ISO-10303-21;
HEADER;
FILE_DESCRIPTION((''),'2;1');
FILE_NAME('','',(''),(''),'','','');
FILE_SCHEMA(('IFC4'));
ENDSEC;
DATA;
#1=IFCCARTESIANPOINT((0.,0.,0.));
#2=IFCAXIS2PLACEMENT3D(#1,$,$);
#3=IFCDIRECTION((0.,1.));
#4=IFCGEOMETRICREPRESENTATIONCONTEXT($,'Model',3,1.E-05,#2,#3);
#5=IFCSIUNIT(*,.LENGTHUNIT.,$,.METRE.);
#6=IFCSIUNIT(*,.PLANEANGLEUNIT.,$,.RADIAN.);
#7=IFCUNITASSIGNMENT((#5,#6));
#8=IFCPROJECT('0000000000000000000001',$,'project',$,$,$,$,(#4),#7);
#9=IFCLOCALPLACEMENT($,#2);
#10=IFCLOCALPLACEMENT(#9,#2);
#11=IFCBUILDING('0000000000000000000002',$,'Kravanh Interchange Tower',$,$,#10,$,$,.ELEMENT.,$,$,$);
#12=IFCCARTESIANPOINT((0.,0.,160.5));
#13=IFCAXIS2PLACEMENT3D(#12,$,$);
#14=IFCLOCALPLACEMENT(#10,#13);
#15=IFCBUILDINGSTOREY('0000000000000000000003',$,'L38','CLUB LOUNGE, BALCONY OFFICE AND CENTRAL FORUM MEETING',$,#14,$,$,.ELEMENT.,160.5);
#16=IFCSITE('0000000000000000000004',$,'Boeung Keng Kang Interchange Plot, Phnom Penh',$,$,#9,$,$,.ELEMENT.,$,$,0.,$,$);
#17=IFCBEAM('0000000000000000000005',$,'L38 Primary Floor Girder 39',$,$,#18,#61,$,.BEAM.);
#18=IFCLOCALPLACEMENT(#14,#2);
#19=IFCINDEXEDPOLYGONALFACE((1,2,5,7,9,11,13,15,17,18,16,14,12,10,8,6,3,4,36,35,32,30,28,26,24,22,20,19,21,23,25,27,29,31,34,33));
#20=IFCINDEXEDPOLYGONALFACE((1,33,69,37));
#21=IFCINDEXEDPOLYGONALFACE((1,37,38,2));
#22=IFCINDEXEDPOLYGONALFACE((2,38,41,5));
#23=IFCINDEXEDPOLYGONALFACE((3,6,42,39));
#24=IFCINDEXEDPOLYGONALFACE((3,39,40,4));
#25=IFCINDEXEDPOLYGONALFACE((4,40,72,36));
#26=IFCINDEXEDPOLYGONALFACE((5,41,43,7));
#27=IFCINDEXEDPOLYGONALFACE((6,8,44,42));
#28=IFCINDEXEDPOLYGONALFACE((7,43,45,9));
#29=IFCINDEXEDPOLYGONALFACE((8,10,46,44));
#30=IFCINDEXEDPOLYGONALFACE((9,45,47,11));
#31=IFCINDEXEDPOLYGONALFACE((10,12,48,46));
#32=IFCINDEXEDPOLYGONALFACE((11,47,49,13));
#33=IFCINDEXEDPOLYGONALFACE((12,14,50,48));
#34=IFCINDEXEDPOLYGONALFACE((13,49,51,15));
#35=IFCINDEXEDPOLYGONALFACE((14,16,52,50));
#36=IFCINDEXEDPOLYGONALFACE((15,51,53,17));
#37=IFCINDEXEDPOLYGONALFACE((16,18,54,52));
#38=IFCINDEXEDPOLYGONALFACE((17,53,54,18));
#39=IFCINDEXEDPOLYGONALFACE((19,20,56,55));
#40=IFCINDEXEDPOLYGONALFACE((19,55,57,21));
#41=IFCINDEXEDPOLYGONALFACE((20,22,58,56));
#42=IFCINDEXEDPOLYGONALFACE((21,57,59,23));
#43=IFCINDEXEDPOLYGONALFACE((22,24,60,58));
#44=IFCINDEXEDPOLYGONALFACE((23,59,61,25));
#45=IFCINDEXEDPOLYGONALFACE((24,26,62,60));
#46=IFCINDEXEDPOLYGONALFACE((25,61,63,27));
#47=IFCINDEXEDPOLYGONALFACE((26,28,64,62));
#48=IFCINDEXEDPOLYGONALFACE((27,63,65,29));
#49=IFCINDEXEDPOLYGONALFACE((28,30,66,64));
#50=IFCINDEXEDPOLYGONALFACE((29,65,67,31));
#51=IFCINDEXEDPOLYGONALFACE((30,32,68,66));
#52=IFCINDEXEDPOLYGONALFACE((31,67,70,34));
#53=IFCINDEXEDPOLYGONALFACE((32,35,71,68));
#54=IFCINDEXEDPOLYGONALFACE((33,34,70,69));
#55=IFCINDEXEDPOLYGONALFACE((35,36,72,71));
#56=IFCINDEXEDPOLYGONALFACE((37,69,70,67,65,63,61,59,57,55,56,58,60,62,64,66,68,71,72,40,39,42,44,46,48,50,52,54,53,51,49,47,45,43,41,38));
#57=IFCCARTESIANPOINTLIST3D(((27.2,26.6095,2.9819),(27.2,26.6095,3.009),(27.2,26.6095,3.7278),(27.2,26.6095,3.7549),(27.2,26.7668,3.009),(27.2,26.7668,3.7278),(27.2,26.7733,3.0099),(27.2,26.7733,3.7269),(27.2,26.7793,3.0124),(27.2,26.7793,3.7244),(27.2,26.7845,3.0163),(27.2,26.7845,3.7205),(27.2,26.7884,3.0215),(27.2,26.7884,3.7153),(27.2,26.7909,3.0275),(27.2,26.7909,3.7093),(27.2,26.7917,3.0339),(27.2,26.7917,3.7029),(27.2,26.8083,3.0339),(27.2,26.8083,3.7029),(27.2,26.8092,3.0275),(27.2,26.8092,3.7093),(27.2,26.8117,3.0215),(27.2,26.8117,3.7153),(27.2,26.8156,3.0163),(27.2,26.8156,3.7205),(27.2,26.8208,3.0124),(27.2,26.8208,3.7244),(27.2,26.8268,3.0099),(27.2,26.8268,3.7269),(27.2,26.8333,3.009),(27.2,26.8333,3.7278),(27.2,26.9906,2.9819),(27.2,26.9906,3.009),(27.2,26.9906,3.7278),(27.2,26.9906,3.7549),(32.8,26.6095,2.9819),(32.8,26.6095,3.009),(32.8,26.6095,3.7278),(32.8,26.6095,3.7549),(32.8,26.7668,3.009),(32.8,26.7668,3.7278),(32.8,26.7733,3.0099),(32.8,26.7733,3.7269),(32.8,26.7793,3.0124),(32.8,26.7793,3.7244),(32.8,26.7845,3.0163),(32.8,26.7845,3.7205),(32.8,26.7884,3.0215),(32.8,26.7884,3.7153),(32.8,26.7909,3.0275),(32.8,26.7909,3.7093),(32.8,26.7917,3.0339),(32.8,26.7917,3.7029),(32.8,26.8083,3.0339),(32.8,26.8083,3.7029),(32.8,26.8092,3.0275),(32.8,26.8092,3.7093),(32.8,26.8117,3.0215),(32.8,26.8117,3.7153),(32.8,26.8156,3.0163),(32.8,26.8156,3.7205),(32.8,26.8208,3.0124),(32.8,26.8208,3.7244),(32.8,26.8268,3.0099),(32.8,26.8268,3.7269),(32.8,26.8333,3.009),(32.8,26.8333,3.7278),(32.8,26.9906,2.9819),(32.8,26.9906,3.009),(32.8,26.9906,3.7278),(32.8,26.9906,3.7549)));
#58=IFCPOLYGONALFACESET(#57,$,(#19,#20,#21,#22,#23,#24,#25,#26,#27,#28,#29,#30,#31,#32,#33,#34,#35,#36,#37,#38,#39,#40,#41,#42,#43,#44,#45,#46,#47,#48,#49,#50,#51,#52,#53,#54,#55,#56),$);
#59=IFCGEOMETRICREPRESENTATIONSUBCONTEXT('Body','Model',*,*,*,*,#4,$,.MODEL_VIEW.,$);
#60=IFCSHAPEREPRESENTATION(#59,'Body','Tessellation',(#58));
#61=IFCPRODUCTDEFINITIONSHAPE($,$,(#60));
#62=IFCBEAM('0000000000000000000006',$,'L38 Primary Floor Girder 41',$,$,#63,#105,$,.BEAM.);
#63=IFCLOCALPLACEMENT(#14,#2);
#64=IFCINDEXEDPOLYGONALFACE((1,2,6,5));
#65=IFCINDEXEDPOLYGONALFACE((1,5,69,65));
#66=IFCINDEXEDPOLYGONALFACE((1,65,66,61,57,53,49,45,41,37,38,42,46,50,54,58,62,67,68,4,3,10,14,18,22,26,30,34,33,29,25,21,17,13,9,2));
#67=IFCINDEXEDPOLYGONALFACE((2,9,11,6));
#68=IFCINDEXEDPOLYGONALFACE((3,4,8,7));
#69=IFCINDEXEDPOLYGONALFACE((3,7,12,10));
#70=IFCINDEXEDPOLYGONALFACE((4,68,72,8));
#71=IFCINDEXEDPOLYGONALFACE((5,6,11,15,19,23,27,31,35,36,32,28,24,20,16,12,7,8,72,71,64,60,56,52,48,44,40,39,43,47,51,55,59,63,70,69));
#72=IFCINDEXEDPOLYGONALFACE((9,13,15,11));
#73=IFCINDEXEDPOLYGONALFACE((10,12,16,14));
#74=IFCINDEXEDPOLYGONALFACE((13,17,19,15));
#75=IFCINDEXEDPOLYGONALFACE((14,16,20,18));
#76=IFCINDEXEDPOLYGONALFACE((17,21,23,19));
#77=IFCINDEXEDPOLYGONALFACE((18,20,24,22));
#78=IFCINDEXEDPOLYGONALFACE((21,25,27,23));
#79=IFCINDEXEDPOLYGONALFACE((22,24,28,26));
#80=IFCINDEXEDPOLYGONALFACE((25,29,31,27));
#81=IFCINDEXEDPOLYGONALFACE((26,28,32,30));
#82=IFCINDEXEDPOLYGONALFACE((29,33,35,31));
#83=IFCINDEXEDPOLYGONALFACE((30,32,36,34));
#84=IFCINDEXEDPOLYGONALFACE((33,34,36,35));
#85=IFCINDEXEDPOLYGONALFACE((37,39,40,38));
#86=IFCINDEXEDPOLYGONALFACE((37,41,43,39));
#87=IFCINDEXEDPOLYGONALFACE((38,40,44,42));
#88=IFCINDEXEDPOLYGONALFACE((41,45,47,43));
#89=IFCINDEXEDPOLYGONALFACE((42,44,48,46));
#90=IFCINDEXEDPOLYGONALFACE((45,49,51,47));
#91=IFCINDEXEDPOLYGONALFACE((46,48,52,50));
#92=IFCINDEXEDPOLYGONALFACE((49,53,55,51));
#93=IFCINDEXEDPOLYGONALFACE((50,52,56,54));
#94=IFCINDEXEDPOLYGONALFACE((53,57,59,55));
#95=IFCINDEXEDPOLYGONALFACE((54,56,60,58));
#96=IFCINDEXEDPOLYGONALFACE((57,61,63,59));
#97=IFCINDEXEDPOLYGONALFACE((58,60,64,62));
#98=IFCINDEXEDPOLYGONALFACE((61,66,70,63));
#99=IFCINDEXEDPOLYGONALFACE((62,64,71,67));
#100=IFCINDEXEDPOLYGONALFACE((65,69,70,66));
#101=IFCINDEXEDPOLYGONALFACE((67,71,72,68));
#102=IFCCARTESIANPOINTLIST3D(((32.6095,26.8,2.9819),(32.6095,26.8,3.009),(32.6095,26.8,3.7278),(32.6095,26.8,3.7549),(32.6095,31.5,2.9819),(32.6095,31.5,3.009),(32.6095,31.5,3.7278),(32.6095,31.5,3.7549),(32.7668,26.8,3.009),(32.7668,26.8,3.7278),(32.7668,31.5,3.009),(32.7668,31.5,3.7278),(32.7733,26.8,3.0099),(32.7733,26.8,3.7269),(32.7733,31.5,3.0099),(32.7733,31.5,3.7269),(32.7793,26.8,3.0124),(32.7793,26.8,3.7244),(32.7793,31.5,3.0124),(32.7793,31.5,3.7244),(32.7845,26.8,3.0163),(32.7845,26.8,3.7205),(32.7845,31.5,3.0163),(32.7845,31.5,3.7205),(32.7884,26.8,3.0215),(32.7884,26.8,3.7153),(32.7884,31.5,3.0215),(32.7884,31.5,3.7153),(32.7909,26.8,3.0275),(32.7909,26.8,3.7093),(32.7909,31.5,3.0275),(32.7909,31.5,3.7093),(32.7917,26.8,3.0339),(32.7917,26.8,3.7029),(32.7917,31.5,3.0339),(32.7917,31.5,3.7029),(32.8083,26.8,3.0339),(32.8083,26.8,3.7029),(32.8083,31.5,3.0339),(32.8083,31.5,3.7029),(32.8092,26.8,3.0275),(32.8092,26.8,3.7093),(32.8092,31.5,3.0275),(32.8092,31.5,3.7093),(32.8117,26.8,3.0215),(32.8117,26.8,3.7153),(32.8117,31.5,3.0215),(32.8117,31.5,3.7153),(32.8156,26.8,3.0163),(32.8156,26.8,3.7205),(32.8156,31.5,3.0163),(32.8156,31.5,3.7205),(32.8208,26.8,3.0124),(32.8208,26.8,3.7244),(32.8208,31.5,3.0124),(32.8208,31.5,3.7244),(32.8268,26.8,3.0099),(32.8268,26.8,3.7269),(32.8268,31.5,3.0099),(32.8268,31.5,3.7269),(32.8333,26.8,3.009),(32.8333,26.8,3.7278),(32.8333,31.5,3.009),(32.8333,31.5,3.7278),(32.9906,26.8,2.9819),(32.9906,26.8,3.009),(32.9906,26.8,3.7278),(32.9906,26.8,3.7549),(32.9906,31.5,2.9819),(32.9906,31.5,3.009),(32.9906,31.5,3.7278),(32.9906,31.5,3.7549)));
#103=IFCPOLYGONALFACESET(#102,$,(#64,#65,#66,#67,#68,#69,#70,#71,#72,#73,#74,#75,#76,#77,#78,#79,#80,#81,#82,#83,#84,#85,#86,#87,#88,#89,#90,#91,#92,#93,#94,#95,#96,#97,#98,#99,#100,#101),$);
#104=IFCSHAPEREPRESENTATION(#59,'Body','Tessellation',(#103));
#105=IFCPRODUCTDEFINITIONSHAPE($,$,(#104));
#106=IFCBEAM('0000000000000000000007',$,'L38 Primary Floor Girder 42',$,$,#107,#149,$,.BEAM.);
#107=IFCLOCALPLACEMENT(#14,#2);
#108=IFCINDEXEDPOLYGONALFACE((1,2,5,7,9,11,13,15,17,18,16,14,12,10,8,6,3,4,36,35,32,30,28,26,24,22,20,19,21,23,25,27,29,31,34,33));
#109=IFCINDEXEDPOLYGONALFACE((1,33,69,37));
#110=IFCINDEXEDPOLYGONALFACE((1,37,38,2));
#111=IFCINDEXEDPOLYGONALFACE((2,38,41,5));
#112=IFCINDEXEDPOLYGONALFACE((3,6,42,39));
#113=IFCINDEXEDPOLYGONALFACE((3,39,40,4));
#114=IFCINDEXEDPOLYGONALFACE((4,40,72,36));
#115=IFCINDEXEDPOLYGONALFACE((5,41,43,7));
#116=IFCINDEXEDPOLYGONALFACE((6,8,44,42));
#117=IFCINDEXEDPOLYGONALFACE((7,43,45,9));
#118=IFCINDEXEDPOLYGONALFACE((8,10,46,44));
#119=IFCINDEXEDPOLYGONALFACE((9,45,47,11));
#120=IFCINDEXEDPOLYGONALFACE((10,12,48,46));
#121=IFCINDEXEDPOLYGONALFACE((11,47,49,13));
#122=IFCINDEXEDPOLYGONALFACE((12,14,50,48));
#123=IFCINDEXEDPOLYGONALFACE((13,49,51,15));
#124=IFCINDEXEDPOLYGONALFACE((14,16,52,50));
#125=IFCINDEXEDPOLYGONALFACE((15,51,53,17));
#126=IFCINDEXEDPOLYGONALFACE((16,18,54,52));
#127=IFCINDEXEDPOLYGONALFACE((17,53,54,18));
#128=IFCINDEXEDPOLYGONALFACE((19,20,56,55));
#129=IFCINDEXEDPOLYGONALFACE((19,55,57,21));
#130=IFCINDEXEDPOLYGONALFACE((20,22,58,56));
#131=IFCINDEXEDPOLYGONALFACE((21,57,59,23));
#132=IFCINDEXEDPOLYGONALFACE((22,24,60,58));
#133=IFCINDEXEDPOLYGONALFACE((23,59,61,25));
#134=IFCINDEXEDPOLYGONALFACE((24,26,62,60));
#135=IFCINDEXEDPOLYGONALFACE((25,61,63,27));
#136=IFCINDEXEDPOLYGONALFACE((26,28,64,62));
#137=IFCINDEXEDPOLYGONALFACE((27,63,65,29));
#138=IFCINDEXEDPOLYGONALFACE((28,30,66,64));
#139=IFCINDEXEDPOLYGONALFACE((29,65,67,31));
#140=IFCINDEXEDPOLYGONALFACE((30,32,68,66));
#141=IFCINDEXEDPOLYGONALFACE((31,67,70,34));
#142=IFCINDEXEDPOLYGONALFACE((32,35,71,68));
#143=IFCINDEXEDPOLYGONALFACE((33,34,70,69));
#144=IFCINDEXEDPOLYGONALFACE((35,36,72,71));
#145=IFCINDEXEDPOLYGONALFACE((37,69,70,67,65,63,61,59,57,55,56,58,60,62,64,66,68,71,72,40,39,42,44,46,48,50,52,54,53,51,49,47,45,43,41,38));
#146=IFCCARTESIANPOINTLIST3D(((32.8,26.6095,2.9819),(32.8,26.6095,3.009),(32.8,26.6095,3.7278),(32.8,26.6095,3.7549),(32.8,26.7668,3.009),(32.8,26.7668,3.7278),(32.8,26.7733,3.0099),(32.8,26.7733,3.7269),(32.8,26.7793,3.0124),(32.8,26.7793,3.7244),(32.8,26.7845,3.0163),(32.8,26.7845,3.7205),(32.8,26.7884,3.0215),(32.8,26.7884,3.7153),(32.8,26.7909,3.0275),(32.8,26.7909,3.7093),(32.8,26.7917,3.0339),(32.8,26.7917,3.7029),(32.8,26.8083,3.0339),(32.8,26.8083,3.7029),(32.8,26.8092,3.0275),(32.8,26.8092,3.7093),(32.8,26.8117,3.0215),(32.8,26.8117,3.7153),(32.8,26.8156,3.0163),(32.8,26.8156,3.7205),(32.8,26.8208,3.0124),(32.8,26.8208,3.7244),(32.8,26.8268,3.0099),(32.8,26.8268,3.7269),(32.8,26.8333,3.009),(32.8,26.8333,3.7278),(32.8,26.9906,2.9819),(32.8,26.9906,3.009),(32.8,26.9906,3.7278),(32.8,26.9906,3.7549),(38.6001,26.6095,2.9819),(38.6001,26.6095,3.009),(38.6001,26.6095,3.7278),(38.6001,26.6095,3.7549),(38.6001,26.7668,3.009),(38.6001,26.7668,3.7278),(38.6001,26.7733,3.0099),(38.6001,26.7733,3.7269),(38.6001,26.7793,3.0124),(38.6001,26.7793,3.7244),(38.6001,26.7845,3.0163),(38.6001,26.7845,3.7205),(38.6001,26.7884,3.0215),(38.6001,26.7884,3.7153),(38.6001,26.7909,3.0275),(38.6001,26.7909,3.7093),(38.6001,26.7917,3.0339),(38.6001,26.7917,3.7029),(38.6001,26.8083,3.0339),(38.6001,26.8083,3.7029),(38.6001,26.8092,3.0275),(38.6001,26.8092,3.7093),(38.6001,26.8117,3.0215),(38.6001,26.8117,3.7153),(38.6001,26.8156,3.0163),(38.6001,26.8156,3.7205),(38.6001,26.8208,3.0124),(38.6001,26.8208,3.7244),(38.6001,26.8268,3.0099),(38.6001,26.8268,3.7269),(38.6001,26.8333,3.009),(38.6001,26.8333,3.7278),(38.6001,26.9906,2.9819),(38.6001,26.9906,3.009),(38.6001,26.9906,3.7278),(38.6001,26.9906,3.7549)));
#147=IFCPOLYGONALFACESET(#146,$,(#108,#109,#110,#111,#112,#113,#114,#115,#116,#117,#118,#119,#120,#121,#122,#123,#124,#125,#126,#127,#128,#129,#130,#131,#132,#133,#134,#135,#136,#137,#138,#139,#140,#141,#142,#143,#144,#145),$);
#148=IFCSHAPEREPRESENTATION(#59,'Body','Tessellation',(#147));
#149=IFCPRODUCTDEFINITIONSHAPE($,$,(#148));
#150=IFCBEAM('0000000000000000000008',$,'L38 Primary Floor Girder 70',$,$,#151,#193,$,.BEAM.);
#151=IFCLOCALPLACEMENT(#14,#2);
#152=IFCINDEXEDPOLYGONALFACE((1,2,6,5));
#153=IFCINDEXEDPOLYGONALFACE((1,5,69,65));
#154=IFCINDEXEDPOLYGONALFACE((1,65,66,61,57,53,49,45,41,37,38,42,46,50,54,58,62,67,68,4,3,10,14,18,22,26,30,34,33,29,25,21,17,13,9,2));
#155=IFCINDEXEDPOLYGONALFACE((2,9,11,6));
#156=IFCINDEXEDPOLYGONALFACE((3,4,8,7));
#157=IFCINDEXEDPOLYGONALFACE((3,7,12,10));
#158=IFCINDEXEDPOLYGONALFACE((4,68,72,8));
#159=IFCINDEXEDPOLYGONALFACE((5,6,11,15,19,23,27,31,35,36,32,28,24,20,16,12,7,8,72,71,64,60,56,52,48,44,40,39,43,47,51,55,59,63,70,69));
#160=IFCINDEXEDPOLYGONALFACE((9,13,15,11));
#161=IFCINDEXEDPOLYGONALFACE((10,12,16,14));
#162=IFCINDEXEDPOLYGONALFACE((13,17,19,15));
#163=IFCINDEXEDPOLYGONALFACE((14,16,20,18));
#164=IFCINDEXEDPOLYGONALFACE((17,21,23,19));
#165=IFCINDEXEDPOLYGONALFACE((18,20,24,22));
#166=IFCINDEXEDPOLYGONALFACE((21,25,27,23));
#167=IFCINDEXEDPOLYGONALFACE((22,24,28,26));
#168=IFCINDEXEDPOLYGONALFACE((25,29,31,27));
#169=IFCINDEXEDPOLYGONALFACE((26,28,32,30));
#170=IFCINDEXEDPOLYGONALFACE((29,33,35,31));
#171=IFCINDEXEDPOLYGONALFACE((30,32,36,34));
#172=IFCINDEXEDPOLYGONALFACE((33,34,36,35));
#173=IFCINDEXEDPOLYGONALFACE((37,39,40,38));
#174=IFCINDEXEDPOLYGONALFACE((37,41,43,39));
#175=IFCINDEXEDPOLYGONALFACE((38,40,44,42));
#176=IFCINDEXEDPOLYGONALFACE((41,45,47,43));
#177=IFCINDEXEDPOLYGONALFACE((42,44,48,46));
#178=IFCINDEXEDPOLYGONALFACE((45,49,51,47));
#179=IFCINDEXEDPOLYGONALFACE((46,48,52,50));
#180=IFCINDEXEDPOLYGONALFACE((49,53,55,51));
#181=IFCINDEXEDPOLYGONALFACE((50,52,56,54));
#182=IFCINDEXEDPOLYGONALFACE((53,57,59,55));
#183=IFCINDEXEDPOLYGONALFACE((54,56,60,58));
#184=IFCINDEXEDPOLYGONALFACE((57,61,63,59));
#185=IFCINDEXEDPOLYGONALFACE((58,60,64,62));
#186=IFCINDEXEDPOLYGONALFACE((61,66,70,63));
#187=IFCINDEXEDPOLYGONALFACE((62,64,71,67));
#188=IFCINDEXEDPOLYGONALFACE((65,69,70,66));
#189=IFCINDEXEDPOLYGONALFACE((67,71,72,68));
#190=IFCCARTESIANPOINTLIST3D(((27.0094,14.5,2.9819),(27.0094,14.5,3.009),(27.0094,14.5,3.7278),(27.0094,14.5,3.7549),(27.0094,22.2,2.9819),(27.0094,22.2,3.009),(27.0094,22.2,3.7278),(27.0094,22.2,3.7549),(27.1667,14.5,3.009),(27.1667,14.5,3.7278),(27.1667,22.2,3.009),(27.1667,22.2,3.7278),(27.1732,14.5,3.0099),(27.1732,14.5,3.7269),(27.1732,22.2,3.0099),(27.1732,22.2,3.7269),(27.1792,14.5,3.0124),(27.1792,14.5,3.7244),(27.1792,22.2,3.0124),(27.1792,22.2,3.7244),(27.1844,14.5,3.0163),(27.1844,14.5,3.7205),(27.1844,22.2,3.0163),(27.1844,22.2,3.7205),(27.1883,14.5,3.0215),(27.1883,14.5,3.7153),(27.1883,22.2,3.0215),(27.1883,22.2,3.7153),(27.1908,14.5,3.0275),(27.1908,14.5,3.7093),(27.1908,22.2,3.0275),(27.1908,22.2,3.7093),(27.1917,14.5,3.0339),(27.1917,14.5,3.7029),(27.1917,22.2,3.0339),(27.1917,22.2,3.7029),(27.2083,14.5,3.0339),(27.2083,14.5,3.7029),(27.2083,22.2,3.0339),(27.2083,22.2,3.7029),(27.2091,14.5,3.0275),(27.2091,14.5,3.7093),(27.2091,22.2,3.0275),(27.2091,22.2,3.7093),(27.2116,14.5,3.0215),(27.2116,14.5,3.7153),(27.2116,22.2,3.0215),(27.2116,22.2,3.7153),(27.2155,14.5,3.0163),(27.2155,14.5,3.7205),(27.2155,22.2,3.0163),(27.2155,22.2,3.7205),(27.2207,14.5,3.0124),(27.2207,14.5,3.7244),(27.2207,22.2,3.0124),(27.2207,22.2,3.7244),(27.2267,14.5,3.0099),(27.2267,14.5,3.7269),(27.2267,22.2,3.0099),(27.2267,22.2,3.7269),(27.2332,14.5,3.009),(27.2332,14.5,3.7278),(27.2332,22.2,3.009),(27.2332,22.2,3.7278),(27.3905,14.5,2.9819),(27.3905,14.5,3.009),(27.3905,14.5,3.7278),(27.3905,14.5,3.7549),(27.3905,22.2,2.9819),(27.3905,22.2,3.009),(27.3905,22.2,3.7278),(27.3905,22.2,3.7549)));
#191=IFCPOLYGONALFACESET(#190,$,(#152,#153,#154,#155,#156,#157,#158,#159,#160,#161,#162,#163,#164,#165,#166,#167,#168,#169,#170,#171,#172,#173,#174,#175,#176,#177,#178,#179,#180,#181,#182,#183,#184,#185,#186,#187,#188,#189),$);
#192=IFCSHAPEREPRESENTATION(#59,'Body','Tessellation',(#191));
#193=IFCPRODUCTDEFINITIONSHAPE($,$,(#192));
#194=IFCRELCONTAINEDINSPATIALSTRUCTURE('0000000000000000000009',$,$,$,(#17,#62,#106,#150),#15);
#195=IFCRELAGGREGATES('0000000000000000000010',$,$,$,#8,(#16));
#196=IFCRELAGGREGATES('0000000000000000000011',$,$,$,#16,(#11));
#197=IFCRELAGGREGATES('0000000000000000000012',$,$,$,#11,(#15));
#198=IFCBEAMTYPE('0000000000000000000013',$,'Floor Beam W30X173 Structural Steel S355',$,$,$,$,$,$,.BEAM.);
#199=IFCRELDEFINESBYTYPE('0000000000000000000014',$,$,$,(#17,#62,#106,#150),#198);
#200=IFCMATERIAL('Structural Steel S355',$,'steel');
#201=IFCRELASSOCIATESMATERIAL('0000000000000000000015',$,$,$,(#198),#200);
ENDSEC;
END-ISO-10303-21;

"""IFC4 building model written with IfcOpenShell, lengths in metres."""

from ifc_helpers import new_model, si_unit, direction, frame, origin, origin_2d, place, context, subcontext, project, spatial, i_section, extrude, material, material_profile, profile_set, type_object, element, save


model = new_model("IFC4")

# Units and contexts
model_context = context("Model", 3, precision=1e-05, world=origin(), true_north=direction((0.0, 1.0)))
body_context = subcontext(model_context, "Body", "Model", "MODEL_VIEW")
ifc_project = project(units=[si_unit("LENGTHUNIT", "METRE"), si_unit("PLANEANGLEUNIT", "RADIAN")], contexts=[model_context])

# Site, building, storey
site_placement = place(None, origin())
site = spatial("IfcSite", under=ifc_project, at=site_placement, Name="Boeung Keng Kang Interchange Plot, Phnom Penh", CompositionType="ELEMENT", RefElevation=0.0)
building_placement = place(site_placement, origin())
building = spatial("IfcBuilding", under=site, at=building_placement, Name="Kravanh Interchange Tower", CompositionType="ELEMENT")
storey_placement = place(building_placement, frame((0.0, 0.0, 160.5)))
storey = spatial("IfcBuildingStorey", under=building, at=storey_placement, Name="L38", Description="CLUB LOUNGE, BALCONY OFFICE AND CENTRAL FORUM MEETING", CompositionType="ELEMENT", Elevation=160.5)

# Beams
ifc_material_1 = material(Name="Structural Steel S355", Category="steel")
ifc_material_profile_1 = material_profile(ifc_material_1, i_section(OverallWidth=0.3811, OverallDepth=0.7729, WebThickness=0.0166, FlangeThickness=0.0271, FilletRadius=0.0249, at=origin_2d()), Name="W30X173")
ifc_profile_set_1 = profile_set([ifc_material_profile_1], Name="Structural Steel S355")
beam_type_1 = type_object("IfcBeamType", Name="Floor Beam W30X173 Structural Steel S355", PredefinedType="BEAM", material=ifc_profile_set_1)
beam_1_placement = place(storey_placement, frame((27.2, 26.8, 3.3684), z_axis=(1.0, 0.0, 0.0), x_axis=(0.0, 1.0, 0.0)))
element("IfcBeam", 1, at=beam_1_placement, inside=storey, type_object=beam_type_1, Name="L38 Primary Floor Girder 39", PredefinedType="BEAM", context=body_context, shape_type="SweptSolid", body=[
    extrude(i_section(OverallWidth=0.3811, OverallDepth=0.7729, WebThickness=0.0166, FlangeThickness=0.0271, FilletRadius=0.0249, at=origin_2d()), origin(), (0.0, 0.0, 1.0), 5.6001),
])
beam_2_placement = place(storey_placement, frame((32.8, 26.8, 3.3684), z_axis=(0.0, 1.0, 0.0), x_axis=(-1.0, 0.0, 0.0)))
element("IfcBeam", 2, at=beam_2_placement, inside=storey, type_object=beam_type_1, Name="L38 Primary Floor Girder 41", PredefinedType="BEAM", context=body_context, shape_type="SweptSolid", body=[
    extrude(i_section(OverallWidth=0.3811, OverallDepth=0.7729, WebThickness=0.0166, FlangeThickness=0.0271, FilletRadius=0.0249, at=origin_2d()), origin(), (0.0, 0.0, 1.0), 4.7),
])
beam_3_placement = place(storey_placement, frame((32.8, 26.8, 3.3684), z_axis=(1.0, 0.0, 0.0), x_axis=(0.0, 1.0, 0.0)))
element("IfcBeam", 3, at=beam_3_placement, inside=storey, type_object=beam_type_1, Name="L38 Primary Floor Girder 42", PredefinedType="BEAM", context=body_context, shape_type="SweptSolid", body=[
    extrude(i_section(OverallWidth=0.3811, OverallDepth=0.7729, WebThickness=0.0166, FlangeThickness=0.0271, FilletRadius=0.0249, at=origin_2d()), origin(), (0.0, 0.0, 1.0), 5.8),
])
beam_4_placement = place(storey_placement, frame((27.2, 14.5, 3.3684), z_axis=(0.0, 1.0, 0.0), x_axis=(-1.0, 0.0, 0.0)))
element("IfcBeam", 4, at=beam_4_placement, inside=storey, type_object=beam_type_1, Name="L38 Primary Floor Girder 70", PredefinedType="BEAM", context=body_context, shape_type="SweptSolid", body=[
    extrude(i_section(OverallWidth=0.3811, OverallDepth=0.7729, WebThickness=0.0166, FlangeThickness=0.0271, FilletRadius=0.0249, at=origin_2d()), origin(), (0.0, 0.0, 1.0), 7.7),
])

save(model, "model.ifc")
